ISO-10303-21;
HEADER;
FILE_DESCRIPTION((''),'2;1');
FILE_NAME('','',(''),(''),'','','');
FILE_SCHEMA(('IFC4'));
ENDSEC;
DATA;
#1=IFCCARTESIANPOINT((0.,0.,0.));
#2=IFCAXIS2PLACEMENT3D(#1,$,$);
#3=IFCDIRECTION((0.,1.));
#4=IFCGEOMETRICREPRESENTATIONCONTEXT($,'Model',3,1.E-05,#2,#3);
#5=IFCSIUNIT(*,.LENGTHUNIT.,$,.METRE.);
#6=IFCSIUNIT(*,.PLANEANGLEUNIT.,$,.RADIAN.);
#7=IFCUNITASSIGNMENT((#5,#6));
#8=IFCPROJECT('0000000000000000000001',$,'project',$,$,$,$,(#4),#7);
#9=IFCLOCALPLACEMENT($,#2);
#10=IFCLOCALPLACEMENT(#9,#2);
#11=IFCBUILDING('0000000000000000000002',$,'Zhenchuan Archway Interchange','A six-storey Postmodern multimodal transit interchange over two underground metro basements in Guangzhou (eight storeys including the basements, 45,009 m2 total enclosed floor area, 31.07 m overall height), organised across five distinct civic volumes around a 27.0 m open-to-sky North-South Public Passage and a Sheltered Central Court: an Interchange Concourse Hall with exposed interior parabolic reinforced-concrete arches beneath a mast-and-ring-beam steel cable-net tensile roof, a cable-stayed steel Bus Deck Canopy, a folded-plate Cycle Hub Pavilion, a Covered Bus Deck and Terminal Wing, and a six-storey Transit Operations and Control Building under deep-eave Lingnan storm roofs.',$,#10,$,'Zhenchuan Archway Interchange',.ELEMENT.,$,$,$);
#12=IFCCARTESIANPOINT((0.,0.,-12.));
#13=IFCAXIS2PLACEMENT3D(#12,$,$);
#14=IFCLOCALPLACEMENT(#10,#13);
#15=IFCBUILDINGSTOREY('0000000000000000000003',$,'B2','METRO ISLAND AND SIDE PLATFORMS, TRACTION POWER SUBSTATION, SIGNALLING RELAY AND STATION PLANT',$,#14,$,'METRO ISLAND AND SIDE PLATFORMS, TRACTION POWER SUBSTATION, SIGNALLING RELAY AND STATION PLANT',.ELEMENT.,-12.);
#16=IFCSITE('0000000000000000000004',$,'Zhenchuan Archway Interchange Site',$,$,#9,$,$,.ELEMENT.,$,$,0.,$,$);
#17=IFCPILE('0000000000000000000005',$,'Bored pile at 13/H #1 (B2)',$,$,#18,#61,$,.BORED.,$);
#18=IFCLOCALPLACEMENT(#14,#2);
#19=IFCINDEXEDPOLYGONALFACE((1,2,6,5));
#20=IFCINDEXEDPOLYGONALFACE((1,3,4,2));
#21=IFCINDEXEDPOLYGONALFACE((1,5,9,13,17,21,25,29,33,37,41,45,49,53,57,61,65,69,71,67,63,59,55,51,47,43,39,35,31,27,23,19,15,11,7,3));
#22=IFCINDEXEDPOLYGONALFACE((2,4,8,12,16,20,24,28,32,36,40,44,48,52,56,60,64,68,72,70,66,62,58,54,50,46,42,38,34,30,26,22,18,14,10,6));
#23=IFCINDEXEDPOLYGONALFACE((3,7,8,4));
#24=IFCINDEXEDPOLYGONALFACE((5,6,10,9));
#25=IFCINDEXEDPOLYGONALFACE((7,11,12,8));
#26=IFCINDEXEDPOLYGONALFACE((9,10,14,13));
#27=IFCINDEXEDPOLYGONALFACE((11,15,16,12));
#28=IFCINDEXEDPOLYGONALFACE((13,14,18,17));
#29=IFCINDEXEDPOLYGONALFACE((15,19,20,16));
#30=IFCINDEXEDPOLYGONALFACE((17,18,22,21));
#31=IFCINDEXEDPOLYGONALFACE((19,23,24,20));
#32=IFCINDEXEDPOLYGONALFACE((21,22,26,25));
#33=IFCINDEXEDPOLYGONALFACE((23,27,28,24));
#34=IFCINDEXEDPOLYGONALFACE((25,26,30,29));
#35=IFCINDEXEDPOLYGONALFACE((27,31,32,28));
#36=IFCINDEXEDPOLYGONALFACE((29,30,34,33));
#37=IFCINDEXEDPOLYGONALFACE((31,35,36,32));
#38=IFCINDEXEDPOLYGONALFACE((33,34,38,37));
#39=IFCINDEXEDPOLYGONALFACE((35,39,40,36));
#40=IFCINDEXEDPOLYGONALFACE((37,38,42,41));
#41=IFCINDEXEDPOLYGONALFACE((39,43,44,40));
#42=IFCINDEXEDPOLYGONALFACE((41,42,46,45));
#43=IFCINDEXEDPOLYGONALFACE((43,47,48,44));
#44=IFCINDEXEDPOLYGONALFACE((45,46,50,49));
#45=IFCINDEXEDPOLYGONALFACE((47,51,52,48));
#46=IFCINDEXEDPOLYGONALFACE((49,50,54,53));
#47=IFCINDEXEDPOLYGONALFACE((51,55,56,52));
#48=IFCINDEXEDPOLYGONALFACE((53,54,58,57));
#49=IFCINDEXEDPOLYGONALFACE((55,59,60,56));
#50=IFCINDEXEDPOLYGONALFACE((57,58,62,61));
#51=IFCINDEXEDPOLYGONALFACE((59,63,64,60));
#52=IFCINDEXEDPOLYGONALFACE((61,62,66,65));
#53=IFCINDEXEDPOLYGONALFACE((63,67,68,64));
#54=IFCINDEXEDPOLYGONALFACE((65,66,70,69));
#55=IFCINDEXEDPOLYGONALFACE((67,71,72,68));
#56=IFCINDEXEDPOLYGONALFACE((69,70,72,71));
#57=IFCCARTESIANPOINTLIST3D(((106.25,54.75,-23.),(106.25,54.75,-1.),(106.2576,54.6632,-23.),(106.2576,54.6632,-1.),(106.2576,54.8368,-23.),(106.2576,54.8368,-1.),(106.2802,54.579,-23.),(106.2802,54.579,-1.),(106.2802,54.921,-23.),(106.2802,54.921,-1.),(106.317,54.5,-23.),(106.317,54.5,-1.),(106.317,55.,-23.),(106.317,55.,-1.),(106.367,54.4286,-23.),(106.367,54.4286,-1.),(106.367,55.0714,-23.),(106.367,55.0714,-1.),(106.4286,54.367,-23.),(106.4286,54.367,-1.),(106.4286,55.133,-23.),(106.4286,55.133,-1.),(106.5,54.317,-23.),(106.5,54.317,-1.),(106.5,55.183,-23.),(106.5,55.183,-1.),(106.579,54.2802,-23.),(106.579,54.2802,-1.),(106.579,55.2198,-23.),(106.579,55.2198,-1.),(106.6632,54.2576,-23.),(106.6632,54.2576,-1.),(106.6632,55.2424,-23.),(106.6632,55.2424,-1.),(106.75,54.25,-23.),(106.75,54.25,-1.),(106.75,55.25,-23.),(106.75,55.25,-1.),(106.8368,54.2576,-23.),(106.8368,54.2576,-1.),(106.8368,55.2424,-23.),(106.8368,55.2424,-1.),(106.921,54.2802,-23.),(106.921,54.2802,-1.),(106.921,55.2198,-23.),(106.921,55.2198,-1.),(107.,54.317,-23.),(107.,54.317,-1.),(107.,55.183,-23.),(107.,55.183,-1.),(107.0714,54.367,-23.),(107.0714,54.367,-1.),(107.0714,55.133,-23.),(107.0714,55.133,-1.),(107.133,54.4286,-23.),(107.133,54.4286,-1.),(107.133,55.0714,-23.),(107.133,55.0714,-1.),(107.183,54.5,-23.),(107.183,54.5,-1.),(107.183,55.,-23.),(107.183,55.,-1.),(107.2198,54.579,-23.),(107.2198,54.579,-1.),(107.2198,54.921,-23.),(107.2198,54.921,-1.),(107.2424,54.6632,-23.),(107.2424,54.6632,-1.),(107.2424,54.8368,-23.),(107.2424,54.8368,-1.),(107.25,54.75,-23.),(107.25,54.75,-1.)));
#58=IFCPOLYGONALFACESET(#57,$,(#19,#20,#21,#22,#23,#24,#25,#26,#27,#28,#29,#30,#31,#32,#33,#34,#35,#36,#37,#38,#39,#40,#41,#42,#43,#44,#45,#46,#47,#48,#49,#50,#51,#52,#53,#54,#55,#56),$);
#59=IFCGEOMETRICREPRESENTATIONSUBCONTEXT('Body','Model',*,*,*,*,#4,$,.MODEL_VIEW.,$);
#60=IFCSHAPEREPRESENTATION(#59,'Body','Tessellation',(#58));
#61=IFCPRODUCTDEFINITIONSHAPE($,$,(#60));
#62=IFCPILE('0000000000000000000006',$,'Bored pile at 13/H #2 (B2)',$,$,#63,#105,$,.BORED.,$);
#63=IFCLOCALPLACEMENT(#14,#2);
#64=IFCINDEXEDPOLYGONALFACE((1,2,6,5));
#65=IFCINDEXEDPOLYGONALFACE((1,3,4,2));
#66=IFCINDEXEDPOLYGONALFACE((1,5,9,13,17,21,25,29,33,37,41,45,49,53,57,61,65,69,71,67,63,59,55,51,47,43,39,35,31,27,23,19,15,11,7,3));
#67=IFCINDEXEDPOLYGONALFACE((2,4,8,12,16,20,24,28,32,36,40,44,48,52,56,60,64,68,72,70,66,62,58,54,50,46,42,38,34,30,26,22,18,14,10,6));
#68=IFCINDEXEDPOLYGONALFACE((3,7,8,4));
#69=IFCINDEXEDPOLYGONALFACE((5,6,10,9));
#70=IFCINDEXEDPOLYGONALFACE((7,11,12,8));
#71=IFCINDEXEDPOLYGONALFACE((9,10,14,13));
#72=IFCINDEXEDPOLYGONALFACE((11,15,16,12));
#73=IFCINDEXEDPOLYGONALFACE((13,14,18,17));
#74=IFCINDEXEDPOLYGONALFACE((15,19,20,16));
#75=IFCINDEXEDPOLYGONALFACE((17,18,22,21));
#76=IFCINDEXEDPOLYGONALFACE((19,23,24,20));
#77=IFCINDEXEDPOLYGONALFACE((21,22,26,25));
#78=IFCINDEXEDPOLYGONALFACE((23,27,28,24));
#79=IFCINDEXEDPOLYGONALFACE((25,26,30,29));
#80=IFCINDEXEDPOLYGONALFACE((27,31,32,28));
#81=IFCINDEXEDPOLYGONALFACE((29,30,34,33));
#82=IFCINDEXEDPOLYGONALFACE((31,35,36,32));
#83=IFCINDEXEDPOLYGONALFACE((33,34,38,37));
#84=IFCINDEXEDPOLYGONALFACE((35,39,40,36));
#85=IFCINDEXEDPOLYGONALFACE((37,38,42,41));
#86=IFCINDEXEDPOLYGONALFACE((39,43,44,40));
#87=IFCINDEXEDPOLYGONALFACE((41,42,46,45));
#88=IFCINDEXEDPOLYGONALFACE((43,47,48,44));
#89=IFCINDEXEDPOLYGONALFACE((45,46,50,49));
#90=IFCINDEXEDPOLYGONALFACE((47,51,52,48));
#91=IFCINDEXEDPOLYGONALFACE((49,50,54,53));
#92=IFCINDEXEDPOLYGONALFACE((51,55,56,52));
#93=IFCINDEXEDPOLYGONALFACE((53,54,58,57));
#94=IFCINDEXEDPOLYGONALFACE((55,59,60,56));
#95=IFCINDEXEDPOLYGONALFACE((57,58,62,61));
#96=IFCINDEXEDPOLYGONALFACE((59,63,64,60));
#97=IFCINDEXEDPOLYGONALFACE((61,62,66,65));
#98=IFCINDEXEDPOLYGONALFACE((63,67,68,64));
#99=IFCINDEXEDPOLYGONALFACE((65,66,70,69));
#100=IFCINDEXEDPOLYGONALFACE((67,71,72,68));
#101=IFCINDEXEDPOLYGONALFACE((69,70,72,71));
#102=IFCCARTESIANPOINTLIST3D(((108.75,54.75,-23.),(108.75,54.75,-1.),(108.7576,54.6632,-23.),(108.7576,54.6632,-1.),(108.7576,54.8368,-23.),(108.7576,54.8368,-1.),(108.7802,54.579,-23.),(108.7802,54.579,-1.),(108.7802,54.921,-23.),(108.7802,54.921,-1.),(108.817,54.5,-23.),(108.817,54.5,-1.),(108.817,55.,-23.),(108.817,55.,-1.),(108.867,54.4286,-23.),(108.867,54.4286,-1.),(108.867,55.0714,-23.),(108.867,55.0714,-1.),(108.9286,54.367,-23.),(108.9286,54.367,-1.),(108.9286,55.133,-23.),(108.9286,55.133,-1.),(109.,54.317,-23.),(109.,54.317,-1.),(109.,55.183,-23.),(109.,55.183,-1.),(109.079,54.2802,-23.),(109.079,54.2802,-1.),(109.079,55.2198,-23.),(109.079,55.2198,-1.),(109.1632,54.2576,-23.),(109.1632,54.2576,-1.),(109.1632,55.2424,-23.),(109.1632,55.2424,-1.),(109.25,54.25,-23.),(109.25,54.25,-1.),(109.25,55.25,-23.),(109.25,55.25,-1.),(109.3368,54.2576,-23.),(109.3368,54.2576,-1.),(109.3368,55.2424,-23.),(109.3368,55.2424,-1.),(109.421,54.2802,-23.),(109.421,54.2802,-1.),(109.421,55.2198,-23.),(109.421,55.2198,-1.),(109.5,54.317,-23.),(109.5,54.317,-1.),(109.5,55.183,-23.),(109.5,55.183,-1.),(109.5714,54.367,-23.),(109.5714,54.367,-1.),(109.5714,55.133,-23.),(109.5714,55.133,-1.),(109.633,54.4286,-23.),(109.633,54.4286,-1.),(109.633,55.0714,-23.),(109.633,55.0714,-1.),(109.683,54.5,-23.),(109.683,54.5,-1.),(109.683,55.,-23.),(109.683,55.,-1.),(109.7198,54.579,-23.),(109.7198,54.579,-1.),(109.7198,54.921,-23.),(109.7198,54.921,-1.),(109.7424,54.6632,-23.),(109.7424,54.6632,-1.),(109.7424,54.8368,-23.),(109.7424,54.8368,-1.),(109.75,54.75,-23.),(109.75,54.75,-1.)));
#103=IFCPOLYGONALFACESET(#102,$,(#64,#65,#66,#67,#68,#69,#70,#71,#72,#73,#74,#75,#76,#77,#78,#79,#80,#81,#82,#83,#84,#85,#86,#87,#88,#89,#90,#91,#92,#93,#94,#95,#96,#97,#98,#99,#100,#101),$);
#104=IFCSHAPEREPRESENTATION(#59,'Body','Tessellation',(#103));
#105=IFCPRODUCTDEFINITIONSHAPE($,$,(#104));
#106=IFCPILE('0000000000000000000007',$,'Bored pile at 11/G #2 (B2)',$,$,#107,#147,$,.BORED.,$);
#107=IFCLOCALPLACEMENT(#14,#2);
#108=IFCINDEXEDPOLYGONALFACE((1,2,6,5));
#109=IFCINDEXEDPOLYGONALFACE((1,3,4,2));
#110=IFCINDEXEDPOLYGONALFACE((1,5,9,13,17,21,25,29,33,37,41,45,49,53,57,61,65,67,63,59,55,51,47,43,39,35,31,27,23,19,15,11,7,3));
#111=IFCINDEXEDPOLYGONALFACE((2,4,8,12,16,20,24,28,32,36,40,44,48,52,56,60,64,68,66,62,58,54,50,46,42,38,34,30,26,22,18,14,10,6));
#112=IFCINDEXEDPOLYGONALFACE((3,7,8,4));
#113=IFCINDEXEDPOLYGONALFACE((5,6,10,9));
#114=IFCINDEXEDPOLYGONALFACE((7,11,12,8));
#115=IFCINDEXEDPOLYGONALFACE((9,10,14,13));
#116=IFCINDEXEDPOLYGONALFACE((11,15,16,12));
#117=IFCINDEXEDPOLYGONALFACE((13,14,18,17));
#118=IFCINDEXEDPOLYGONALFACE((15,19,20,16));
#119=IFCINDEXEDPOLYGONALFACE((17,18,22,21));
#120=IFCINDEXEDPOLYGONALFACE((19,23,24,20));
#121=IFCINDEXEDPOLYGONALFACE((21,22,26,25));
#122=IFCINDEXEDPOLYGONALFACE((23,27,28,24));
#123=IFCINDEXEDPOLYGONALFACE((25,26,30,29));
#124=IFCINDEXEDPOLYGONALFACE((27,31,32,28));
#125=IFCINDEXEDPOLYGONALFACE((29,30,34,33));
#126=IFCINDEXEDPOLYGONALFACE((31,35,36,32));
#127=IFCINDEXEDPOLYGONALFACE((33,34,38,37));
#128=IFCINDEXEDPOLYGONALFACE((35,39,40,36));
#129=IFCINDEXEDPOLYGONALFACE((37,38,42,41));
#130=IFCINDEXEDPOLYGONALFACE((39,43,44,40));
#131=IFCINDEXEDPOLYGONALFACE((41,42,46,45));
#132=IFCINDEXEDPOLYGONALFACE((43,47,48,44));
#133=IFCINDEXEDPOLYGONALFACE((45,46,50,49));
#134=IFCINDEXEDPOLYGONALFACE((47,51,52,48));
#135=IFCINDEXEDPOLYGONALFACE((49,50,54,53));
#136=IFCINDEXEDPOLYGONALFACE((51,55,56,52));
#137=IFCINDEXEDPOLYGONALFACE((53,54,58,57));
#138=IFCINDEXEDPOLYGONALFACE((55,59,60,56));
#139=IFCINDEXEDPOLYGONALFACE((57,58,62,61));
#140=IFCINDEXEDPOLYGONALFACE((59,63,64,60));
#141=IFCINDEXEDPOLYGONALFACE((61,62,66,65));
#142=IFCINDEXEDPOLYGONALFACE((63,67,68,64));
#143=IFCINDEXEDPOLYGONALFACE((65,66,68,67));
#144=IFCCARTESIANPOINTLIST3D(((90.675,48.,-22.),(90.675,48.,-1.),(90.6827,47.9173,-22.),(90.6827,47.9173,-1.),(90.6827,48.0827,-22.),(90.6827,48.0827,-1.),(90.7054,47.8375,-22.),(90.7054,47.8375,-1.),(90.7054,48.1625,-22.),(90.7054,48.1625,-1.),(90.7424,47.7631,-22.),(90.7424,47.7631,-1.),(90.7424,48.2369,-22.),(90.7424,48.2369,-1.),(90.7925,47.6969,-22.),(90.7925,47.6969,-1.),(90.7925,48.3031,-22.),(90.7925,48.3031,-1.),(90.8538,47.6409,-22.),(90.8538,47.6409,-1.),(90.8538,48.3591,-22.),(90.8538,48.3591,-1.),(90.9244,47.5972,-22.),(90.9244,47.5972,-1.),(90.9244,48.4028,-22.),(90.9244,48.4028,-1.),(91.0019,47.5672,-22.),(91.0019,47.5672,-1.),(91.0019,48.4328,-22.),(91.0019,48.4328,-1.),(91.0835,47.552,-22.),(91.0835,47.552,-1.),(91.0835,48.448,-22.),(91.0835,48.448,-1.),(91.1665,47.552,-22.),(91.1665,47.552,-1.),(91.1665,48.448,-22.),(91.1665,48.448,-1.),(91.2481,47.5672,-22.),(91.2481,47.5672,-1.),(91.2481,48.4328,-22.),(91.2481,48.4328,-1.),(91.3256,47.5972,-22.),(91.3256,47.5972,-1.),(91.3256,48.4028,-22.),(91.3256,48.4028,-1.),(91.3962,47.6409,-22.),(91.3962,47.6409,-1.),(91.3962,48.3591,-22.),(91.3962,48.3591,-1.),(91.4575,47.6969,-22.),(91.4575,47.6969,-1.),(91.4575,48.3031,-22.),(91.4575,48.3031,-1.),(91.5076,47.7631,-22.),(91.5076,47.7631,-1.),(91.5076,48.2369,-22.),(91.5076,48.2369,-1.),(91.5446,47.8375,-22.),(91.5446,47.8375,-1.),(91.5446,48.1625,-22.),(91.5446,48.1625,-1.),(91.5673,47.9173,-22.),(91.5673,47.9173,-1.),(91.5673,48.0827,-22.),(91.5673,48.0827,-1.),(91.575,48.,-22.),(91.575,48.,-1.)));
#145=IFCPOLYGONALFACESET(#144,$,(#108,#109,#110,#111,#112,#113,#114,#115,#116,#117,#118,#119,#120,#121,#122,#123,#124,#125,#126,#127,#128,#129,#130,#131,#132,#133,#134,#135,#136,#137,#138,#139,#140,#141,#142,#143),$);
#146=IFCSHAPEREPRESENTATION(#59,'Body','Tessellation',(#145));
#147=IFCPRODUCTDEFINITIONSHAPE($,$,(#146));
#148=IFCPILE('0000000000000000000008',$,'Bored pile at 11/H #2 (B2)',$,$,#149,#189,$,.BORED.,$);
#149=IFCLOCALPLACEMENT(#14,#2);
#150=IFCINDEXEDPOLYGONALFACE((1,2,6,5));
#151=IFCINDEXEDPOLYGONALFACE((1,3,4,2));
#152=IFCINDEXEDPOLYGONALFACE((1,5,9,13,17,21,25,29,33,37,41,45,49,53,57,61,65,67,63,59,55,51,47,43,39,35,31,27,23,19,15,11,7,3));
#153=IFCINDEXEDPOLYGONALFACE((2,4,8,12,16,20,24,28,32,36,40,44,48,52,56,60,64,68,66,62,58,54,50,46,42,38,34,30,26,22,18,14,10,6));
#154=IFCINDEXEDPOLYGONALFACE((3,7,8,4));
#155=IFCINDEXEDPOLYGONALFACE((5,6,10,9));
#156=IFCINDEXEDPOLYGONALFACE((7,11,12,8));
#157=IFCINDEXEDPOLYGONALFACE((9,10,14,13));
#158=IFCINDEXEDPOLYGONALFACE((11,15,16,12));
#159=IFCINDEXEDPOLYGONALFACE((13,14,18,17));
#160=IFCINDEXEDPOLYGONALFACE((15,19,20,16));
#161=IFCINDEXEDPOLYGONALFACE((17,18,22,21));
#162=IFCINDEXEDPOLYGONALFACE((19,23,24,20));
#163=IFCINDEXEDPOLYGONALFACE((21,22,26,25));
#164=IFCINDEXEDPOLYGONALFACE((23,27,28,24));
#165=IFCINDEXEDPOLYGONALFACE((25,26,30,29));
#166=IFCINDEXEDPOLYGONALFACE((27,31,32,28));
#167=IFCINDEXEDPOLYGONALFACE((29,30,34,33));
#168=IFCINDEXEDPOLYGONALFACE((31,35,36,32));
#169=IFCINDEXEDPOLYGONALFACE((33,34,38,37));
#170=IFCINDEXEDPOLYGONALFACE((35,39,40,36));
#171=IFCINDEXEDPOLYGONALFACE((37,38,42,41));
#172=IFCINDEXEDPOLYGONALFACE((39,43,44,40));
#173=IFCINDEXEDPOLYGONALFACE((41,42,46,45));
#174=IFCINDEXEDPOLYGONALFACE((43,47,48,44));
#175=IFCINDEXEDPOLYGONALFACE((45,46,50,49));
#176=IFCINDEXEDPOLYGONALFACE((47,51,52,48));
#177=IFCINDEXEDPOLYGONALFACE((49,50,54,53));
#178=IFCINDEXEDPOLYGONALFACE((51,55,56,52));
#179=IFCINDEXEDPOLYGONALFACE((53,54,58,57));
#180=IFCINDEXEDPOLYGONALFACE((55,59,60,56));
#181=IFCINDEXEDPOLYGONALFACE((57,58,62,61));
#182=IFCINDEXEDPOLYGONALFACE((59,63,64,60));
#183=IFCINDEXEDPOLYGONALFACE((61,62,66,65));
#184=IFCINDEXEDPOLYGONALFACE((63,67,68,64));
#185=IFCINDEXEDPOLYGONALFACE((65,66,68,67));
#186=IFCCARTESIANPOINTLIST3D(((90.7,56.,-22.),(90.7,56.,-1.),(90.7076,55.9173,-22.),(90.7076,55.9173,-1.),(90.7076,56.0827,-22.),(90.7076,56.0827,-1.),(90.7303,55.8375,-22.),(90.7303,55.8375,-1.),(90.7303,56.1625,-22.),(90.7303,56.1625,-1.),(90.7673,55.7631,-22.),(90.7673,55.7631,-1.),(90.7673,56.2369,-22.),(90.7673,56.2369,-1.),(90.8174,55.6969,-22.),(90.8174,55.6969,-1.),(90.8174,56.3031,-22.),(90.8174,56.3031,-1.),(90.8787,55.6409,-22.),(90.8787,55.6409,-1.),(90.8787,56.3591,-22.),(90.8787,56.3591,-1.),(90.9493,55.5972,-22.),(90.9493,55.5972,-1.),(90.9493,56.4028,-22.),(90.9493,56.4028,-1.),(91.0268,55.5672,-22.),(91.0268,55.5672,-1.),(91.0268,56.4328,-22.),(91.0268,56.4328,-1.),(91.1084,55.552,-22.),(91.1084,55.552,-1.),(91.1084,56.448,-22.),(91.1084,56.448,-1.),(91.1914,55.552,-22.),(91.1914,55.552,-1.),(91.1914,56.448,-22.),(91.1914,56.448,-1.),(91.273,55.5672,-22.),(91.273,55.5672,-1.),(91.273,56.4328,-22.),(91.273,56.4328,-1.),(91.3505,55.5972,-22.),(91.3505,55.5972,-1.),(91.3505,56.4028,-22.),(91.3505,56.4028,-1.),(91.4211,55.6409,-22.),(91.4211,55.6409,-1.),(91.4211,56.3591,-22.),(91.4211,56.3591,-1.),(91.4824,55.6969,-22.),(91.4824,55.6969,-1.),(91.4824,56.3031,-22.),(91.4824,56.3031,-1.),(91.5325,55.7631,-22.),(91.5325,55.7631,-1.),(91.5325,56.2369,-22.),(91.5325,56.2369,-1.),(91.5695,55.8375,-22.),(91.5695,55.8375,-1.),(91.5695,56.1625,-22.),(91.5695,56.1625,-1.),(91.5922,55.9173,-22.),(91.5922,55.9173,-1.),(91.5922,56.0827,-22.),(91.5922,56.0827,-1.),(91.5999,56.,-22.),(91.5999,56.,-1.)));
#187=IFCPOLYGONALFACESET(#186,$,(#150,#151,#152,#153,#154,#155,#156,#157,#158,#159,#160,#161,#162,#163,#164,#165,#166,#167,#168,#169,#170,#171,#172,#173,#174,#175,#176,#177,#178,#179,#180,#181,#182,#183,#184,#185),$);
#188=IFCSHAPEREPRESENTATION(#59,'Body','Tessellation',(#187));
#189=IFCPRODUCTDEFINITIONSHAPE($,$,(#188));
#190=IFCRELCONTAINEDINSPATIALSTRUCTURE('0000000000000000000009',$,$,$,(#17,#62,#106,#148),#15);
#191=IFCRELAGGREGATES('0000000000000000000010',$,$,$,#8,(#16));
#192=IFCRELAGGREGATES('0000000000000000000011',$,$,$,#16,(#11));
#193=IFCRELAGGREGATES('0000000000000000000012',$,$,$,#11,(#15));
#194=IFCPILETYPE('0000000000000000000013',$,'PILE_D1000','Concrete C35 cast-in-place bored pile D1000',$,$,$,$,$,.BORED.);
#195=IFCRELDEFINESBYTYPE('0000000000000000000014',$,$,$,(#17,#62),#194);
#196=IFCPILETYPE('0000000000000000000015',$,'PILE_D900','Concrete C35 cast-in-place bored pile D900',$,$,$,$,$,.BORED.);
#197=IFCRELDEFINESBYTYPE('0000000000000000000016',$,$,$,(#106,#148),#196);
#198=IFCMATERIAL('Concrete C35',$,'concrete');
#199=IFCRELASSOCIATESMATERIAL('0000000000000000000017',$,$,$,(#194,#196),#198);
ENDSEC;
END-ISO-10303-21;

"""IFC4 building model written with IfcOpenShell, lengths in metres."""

from ifc_helpers import new_model, si_unit, direction, frame, origin, origin_2d, place, context, subcontext, project, spatial, circle, extrude, material, material_profile, profile_set, type_object, element, save


model = new_model("IFC4")

# Units and contexts
model_context = context("Model", 3, precision=1e-05, world=origin(), true_north=direction((0.0, 1.0)))
body_context = subcontext(model_context, "Body", "Model", "MODEL_VIEW")
ifc_project = project(units=[si_unit("LENGTHUNIT", "METRE"), si_unit("PLANEANGLEUNIT", "RADIAN")], contexts=[model_context])

# Site, building, storey
site_placement = place(None, origin())
site = spatial("IfcSite", under=ifc_project, at=site_placement, Name="Zhenchuan Archway Interchange Site", CompositionType="ELEMENT", RefElevation=0.0)
building_placement = place(site_placement, origin())
building = spatial("IfcBuilding", under=site, at=building_placement, Name="Zhenchuan Archway Interchange", Description="A six-storey Postmodern multimodal transit interchange over two underground metro basements in Guangzhou (eight storeys including the basements, 45,009 m2 total enclosed floor area, 31.07 m overall height), organised across five distinct civic volumes around a 27.0 m open-to-sky North-South Public Passage and a Sheltered Central Court: an Interchange Concourse Hall with exposed interior parabolic reinforced-concrete arches beneath a mast-and-ring-beam steel cable-net tensile roof, a cable-stayed steel Bus Deck Canopy, a folded-plate Cycle Hub Pavilion, a Covered Bus Deck and Terminal Wing, and a six-storey Transit Operations and Control Building under deep-eave Lingnan storm roofs.", LongName="Zhenchuan Archway Interchange", CompositionType="ELEMENT")
storey_placement = place(building_placement, frame((0.0, 0.0, -12.0)))
storey = spatial("IfcBuildingStorey", under=building, at=storey_placement, Name="B2", Description="METRO ISLAND AND SIDE PLATFORMS, TRACTION POWER SUBSTATION, SIGNALLING RELAY AND STATION PLANT", LongName="METRO ISLAND AND SIDE PLATFORMS, TRACTION POWER SUBSTATION, SIGNALLING RELAY AND STATION PLANT", CompositionType="ELEMENT", Elevation=-12.0)

# Piles
ifc_material_1 = material(Name="Concrete C35", Category="concrete")
ifc_material_profile_1 = material_profile(ifc_material_1, circle(Radius=0.5, at=origin_2d()), Name="BORED PILE 1000")
ifc_profile_set_1 = profile_set([ifc_material_profile_1], Name="Concrete C35")
pile_type_1 = type_object("IfcPileType", Name="PILE_D1000", Description="Concrete C35 cast-in-place bored pile D1000", PredefinedType="BORED", material=ifc_profile_set_1)
for number, where, z_axis, x_axis, name in (
    (1, (106.75, 54.75, -1.0), (0.0, 0.0, -1.0), (1.0, 0.0, 0.0), "Bored pile at 13/H #1 (B2)"),
    (2, (109.25, 54.75, -1.0), (0.0, 0.0, -1.0), (1.0, 0.0, 0.0), "Bored pile at 13/H #2 (B2)"),
):
    element("IfcPile", number, at=place(storey_placement, frame(where, z_axis=z_axis, x_axis=x_axis)), inside=storey, type_object=pile_type_1, Name=name, PredefinedType="BORED", context=body_context, shape_type="SweptSolid", body=[
        extrude(circle(Radius=0.5, at=origin_2d()), origin(), (0.0, 0.0, 1.0), 22.0),
    ])
ifc_material_profile_2 = material_profile(ifc_material_1, circle(Radius=0.45, at=origin_2d()), Name="BORED PILE 900")
ifc_profile_set_2 = profile_set([ifc_material_profile_2], Name="Concrete C35")
pile_type_2 = type_object("IfcPileType", Name="PILE_D900", Description="Concrete C35 cast-in-place bored pile D900", PredefinedType="BORED", material=ifc_profile_set_2)
for number, where, z_axis, x_axis, name in (
    (3, (91.125, 48.0, -1.0), (0.0, 0.0, -1.0), (1.0, 0.0, 0.0), "Bored pile at 11/G #2 (B2)"),
    (4, (91.1499, 56.0, -1.0), (0.0, 0.0, -1.0), (1.0, 0.0, 0.0), "Bored pile at 11/H #2 (B2)"),
):
    element("IfcPile", number, at=place(storey_placement, frame(where, z_axis=z_axis, x_axis=x_axis)), inside=storey, type_object=pile_type_2, Name=name, PredefinedType="BORED", context=body_context, shape_type="SweptSolid", body=[
        extrude(circle(Radius=0.45, at=origin_2d()), origin(), (0.0, 0.0, 1.0), 21.0),
    ])

save(model, "model.ifc")
